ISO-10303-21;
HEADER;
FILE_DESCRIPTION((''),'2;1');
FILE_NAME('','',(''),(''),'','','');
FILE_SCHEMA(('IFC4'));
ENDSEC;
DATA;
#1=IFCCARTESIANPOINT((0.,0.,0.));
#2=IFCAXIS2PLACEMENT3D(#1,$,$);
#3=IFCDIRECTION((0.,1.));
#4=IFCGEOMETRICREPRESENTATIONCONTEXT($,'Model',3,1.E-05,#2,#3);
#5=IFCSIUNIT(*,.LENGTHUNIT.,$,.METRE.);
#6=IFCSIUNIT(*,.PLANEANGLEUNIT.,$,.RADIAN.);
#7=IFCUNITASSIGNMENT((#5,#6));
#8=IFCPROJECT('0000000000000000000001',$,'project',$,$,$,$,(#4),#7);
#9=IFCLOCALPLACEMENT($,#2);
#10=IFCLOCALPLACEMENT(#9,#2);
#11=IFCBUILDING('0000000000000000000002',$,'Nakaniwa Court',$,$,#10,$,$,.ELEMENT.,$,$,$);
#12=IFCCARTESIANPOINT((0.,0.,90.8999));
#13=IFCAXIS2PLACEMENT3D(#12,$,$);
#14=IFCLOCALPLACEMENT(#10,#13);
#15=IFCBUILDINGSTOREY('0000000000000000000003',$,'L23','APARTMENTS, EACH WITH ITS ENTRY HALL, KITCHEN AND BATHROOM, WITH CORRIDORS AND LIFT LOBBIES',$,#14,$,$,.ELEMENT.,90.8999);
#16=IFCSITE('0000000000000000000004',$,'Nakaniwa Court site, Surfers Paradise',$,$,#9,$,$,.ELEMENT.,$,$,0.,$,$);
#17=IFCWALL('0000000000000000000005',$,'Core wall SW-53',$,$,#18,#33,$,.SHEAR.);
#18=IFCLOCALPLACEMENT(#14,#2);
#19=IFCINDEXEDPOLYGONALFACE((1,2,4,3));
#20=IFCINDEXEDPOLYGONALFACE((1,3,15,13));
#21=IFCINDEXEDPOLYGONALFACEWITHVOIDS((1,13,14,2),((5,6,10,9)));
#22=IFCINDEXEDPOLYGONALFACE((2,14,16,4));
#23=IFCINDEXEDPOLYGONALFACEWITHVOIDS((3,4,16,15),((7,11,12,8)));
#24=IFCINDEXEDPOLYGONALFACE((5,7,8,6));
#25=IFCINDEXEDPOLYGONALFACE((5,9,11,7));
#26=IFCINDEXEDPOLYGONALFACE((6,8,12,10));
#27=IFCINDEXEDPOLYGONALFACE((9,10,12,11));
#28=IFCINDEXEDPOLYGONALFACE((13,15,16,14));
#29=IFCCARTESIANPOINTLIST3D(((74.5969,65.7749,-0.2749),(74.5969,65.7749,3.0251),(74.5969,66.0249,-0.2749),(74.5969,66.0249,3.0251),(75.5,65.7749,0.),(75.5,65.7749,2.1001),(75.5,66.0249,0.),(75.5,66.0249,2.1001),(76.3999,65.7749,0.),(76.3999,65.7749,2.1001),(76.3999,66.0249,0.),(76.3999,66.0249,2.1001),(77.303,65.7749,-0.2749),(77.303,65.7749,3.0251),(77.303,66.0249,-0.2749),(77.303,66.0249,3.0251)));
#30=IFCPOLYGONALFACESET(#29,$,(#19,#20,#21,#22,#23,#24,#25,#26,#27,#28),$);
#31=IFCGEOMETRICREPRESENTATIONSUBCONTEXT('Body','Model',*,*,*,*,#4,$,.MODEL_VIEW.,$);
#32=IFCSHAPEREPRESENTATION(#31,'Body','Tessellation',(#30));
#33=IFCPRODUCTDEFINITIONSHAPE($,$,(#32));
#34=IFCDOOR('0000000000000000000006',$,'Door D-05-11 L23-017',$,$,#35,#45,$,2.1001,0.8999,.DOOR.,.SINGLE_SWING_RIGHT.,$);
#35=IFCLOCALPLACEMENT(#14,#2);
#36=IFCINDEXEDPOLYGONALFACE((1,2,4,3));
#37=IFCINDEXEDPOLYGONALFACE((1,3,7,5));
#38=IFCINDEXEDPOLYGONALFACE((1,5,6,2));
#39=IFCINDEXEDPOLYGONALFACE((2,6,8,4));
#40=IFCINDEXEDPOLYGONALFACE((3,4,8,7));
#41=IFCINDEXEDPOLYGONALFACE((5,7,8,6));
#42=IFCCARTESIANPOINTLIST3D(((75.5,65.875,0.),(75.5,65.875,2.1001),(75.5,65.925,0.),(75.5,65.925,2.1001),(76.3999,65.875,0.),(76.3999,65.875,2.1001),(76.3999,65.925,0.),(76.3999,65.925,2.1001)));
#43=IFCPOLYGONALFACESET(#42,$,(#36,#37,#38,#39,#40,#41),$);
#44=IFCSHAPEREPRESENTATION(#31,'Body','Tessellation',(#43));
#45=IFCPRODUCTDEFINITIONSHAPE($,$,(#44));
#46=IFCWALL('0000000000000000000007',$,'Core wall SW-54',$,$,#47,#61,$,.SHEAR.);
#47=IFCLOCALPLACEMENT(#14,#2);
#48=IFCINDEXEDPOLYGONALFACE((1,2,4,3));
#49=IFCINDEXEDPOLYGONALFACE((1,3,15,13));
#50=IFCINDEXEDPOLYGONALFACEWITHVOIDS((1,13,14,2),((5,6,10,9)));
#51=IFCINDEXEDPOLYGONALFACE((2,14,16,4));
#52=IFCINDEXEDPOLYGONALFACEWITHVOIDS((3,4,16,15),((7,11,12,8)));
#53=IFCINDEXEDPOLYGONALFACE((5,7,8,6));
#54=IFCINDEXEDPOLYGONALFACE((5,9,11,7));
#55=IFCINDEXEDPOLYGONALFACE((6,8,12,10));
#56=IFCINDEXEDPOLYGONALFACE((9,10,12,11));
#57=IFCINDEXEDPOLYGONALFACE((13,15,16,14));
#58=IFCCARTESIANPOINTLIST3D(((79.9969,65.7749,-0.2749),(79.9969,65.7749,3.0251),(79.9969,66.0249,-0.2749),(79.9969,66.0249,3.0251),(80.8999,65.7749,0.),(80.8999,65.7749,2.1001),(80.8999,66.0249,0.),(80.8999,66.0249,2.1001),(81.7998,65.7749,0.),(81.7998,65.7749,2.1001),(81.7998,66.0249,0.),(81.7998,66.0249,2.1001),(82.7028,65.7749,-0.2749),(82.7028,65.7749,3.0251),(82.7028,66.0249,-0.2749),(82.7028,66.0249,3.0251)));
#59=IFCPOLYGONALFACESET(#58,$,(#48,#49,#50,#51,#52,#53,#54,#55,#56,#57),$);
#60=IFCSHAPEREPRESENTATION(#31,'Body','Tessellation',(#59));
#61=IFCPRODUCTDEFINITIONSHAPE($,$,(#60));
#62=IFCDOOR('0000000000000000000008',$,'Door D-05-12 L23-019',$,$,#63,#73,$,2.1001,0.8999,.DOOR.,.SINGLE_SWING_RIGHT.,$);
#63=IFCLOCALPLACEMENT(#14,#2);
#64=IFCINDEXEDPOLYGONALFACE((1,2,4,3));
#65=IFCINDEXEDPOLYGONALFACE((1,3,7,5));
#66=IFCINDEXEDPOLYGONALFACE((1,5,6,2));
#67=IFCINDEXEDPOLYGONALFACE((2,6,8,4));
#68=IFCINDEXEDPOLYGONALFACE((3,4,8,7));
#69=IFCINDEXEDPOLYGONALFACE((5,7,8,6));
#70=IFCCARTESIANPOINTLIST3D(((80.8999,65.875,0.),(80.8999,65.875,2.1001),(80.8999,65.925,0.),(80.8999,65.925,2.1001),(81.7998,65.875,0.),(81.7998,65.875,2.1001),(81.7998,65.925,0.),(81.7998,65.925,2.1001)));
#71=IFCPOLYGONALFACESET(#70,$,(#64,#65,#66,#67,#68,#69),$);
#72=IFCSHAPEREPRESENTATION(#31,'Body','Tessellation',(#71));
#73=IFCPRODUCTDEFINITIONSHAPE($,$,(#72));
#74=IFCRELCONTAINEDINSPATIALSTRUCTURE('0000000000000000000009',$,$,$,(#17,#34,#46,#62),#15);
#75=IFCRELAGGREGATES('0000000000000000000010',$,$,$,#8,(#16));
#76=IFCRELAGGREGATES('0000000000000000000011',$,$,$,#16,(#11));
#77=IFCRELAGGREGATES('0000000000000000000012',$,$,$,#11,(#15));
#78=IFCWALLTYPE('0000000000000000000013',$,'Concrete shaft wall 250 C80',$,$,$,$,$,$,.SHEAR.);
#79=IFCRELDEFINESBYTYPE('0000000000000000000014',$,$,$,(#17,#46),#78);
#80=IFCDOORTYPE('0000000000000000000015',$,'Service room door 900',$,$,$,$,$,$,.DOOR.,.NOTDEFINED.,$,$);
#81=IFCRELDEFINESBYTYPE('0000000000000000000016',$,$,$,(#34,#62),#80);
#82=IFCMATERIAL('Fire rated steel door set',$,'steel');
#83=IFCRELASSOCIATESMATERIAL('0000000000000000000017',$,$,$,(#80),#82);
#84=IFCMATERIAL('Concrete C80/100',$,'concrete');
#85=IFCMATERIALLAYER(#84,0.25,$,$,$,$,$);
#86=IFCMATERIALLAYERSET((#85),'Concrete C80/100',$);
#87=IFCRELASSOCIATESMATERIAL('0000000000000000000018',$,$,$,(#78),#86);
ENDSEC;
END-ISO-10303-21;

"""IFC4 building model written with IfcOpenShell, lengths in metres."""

from ifc_helpers import new_model, si_unit, direction, frame, frame_2d, origin, place, context, subcontext, project, spatial, rectangle, extrude, material, layer, layer_set, type_object, element, fill, save


model = new_model("IFC4")

# Units and contexts
model_context = context("Model", 3, precision=1e-05, world=origin(), true_north=direction((0.0, 1.0)))
body_context = subcontext(model_context, "Body", "Model", "MODEL_VIEW")
ifc_project = project(units=[si_unit("LENGTHUNIT", "METRE"), si_unit("PLANEANGLEUNIT", "RADIAN")], contexts=[model_context])

# Site, building, storey
site_placement = place(None, origin())
site = spatial("IfcSite", under=ifc_project, at=site_placement, Name="Nakaniwa Court site, Surfers Paradise", CompositionType="ELEMENT", RefElevation=0.0)
building_placement = place(site_placement, origin())
building = spatial("IfcBuilding", under=site, at=building_placement, Name="Nakaniwa Court", CompositionType="ELEMENT")
storey_placement = place(building_placement, frame((0.0, 0.0, 90.8999)))
storey = spatial("IfcBuildingStorey", under=building, at=storey_placement, Name="L23", Description="APARTMENTS, EACH WITH ITS ENTRY HALL, KITCHEN AND BATHROOM, WITH CORRIDORS AND LIFT LOBBIES", CompositionType="ELEMENT", Elevation=90.8999)

# Shared definitions
ifc_material_1 = material(Name="Concrete C80/100", Category="concrete")

# Shared definitions
ifc_material_2 = material(Name="Fire rated steel door set", Category="steel")
door_type_1 = type_object("IfcDoorType", Name="Service room door 900", OperationType="NOTDEFINED", PredefinedType="DOOR", material=ifc_material_2)

# Shared definitions
ifc_layer_1 = layer(ifc_material_1, 0.25)
ifc_layer_set_1 = layer_set([ifc_layer_1], Name="Concrete C80/100")
wall_type_1 = type_object("IfcWallType", Name="Concrete shaft wall 250 C80", PredefinedType="SHEAR", material=ifc_layer_set_1)

# Walls, openings, doors
wall_1_placement = place(storey_placement, frame((77.303, 65.8999, -0.2749), z_axis=(0.0, 0.0, 1.0), x_axis=(-1.0, 0.0, 0.0)))
wall_1 = element("IfcWall", 1, at=wall_1_placement, inside=storey, type_object=wall_type_1, Name="Core wall SW-53", PredefinedType="SHEAR", context=body_context, shape_type="SweptSolid", body=[
    extrude(rectangle(XDim=2.7061, YDim=0.25, at=frame_2d((1.353, 0.0))), origin(), (0.0, 0.0, 1.0), 3.3),
])
opening_1_placement = place(wall_1_placement, frame((0.9031, 0.0, 0.2749)))
opening_1 = element("IfcOpeningElement", 2, at=opening_1_placement, cuts=wall_1, PredefinedType="OPENING", context=body_context, shape_type="SweptSolid", body=[
    extrude(rectangle(XDim=0.8999, YDim=2.1001, at=frame_2d((0.45, 1.05))), frame((0.0, 0.135, 0.0), z_axis=(0.0, -1.0, 0.0), x_axis=(1.0, 0.0, 0.0)), (0.0, 0.0, 1.0), 0.27),
])
door_1_placement = place(opening_1_placement, origin())
door_1 = element("IfcDoor", 3, at=door_1_placement, inside=storey, type_object=door_type_1, Name="Door D-05-11 L23-017", OperationType="SINGLE_SWING_RIGHT", OverallHeight=2.1001, OverallWidth=0.8999, PredefinedType="DOOR", context=body_context, shape_type="SweptSolid", body=[
    extrude(rectangle(XDim=0.8999, YDim=2.1001, at=frame_2d((0.45, 1.05))), frame((0.0, 0.0249, 0.0), z_axis=(0.0, -1.0, 0.0), x_axis=(1.0, 0.0, 0.0)), (0.0, 0.0, 1.0), 0.05),
])
fill(opening_1, door_1)
wall_2_placement = place(storey_placement, frame((82.7029, 65.8999, -0.2749), z_axis=(0.0, 0.0, 1.0), x_axis=(-1.0, 0.0, 0.0)))
wall_2 = element("IfcWall", 4, at=wall_2_placement, inside=storey, type_object=wall_type_1, Name="Core wall SW-54", PredefinedType="SHEAR", context=body_context, shape_type="SweptSolid", body=[
    extrude(rectangle(XDim=2.7058, YDim=0.25, at=frame_2d((1.353, 0.0))), origin(), (0.0, 0.0, 1.0), 3.3),
])
opening_2_placement = place(wall_2_placement, frame((0.9031, 0.0, 0.2749)))
opening_2 = element("IfcOpeningElement", 5, at=opening_2_placement, cuts=wall_2, PredefinedType="OPENING", context=body_context, shape_type="SweptSolid", body=[
    extrude(rectangle(XDim=0.8999, YDim=2.1001, at=frame_2d((0.45, 1.05))), frame((0.0, 0.135, 0.0), z_axis=(0.0, -1.0, 0.0), x_axis=(1.0, 0.0, 0.0)), (0.0, 0.0, 1.0), 0.27),
])
door_2_placement = place(opening_2_placement, origin())
door_2 = element("IfcDoor", 6, at=door_2_placement, inside=storey, type_object=door_type_1, Name="Door D-05-12 L23-019", OperationType="SINGLE_SWING_RIGHT", OverallHeight=2.1001, OverallWidth=0.8999, PredefinedType="DOOR", context=body_context, shape_type="SweptSolid", body=[
    extrude(rectangle(XDim=0.8999, YDim=2.1001, at=frame_2d((0.45, 1.05))), frame((0.0, 0.0249, 0.0), z_axis=(0.0, -1.0, 0.0), x_axis=(1.0, 0.0, 0.0)), (0.0, 0.0, 1.0), 0.05),
])
fill(opening_2, door_2)

save(model, "model.ifc")
